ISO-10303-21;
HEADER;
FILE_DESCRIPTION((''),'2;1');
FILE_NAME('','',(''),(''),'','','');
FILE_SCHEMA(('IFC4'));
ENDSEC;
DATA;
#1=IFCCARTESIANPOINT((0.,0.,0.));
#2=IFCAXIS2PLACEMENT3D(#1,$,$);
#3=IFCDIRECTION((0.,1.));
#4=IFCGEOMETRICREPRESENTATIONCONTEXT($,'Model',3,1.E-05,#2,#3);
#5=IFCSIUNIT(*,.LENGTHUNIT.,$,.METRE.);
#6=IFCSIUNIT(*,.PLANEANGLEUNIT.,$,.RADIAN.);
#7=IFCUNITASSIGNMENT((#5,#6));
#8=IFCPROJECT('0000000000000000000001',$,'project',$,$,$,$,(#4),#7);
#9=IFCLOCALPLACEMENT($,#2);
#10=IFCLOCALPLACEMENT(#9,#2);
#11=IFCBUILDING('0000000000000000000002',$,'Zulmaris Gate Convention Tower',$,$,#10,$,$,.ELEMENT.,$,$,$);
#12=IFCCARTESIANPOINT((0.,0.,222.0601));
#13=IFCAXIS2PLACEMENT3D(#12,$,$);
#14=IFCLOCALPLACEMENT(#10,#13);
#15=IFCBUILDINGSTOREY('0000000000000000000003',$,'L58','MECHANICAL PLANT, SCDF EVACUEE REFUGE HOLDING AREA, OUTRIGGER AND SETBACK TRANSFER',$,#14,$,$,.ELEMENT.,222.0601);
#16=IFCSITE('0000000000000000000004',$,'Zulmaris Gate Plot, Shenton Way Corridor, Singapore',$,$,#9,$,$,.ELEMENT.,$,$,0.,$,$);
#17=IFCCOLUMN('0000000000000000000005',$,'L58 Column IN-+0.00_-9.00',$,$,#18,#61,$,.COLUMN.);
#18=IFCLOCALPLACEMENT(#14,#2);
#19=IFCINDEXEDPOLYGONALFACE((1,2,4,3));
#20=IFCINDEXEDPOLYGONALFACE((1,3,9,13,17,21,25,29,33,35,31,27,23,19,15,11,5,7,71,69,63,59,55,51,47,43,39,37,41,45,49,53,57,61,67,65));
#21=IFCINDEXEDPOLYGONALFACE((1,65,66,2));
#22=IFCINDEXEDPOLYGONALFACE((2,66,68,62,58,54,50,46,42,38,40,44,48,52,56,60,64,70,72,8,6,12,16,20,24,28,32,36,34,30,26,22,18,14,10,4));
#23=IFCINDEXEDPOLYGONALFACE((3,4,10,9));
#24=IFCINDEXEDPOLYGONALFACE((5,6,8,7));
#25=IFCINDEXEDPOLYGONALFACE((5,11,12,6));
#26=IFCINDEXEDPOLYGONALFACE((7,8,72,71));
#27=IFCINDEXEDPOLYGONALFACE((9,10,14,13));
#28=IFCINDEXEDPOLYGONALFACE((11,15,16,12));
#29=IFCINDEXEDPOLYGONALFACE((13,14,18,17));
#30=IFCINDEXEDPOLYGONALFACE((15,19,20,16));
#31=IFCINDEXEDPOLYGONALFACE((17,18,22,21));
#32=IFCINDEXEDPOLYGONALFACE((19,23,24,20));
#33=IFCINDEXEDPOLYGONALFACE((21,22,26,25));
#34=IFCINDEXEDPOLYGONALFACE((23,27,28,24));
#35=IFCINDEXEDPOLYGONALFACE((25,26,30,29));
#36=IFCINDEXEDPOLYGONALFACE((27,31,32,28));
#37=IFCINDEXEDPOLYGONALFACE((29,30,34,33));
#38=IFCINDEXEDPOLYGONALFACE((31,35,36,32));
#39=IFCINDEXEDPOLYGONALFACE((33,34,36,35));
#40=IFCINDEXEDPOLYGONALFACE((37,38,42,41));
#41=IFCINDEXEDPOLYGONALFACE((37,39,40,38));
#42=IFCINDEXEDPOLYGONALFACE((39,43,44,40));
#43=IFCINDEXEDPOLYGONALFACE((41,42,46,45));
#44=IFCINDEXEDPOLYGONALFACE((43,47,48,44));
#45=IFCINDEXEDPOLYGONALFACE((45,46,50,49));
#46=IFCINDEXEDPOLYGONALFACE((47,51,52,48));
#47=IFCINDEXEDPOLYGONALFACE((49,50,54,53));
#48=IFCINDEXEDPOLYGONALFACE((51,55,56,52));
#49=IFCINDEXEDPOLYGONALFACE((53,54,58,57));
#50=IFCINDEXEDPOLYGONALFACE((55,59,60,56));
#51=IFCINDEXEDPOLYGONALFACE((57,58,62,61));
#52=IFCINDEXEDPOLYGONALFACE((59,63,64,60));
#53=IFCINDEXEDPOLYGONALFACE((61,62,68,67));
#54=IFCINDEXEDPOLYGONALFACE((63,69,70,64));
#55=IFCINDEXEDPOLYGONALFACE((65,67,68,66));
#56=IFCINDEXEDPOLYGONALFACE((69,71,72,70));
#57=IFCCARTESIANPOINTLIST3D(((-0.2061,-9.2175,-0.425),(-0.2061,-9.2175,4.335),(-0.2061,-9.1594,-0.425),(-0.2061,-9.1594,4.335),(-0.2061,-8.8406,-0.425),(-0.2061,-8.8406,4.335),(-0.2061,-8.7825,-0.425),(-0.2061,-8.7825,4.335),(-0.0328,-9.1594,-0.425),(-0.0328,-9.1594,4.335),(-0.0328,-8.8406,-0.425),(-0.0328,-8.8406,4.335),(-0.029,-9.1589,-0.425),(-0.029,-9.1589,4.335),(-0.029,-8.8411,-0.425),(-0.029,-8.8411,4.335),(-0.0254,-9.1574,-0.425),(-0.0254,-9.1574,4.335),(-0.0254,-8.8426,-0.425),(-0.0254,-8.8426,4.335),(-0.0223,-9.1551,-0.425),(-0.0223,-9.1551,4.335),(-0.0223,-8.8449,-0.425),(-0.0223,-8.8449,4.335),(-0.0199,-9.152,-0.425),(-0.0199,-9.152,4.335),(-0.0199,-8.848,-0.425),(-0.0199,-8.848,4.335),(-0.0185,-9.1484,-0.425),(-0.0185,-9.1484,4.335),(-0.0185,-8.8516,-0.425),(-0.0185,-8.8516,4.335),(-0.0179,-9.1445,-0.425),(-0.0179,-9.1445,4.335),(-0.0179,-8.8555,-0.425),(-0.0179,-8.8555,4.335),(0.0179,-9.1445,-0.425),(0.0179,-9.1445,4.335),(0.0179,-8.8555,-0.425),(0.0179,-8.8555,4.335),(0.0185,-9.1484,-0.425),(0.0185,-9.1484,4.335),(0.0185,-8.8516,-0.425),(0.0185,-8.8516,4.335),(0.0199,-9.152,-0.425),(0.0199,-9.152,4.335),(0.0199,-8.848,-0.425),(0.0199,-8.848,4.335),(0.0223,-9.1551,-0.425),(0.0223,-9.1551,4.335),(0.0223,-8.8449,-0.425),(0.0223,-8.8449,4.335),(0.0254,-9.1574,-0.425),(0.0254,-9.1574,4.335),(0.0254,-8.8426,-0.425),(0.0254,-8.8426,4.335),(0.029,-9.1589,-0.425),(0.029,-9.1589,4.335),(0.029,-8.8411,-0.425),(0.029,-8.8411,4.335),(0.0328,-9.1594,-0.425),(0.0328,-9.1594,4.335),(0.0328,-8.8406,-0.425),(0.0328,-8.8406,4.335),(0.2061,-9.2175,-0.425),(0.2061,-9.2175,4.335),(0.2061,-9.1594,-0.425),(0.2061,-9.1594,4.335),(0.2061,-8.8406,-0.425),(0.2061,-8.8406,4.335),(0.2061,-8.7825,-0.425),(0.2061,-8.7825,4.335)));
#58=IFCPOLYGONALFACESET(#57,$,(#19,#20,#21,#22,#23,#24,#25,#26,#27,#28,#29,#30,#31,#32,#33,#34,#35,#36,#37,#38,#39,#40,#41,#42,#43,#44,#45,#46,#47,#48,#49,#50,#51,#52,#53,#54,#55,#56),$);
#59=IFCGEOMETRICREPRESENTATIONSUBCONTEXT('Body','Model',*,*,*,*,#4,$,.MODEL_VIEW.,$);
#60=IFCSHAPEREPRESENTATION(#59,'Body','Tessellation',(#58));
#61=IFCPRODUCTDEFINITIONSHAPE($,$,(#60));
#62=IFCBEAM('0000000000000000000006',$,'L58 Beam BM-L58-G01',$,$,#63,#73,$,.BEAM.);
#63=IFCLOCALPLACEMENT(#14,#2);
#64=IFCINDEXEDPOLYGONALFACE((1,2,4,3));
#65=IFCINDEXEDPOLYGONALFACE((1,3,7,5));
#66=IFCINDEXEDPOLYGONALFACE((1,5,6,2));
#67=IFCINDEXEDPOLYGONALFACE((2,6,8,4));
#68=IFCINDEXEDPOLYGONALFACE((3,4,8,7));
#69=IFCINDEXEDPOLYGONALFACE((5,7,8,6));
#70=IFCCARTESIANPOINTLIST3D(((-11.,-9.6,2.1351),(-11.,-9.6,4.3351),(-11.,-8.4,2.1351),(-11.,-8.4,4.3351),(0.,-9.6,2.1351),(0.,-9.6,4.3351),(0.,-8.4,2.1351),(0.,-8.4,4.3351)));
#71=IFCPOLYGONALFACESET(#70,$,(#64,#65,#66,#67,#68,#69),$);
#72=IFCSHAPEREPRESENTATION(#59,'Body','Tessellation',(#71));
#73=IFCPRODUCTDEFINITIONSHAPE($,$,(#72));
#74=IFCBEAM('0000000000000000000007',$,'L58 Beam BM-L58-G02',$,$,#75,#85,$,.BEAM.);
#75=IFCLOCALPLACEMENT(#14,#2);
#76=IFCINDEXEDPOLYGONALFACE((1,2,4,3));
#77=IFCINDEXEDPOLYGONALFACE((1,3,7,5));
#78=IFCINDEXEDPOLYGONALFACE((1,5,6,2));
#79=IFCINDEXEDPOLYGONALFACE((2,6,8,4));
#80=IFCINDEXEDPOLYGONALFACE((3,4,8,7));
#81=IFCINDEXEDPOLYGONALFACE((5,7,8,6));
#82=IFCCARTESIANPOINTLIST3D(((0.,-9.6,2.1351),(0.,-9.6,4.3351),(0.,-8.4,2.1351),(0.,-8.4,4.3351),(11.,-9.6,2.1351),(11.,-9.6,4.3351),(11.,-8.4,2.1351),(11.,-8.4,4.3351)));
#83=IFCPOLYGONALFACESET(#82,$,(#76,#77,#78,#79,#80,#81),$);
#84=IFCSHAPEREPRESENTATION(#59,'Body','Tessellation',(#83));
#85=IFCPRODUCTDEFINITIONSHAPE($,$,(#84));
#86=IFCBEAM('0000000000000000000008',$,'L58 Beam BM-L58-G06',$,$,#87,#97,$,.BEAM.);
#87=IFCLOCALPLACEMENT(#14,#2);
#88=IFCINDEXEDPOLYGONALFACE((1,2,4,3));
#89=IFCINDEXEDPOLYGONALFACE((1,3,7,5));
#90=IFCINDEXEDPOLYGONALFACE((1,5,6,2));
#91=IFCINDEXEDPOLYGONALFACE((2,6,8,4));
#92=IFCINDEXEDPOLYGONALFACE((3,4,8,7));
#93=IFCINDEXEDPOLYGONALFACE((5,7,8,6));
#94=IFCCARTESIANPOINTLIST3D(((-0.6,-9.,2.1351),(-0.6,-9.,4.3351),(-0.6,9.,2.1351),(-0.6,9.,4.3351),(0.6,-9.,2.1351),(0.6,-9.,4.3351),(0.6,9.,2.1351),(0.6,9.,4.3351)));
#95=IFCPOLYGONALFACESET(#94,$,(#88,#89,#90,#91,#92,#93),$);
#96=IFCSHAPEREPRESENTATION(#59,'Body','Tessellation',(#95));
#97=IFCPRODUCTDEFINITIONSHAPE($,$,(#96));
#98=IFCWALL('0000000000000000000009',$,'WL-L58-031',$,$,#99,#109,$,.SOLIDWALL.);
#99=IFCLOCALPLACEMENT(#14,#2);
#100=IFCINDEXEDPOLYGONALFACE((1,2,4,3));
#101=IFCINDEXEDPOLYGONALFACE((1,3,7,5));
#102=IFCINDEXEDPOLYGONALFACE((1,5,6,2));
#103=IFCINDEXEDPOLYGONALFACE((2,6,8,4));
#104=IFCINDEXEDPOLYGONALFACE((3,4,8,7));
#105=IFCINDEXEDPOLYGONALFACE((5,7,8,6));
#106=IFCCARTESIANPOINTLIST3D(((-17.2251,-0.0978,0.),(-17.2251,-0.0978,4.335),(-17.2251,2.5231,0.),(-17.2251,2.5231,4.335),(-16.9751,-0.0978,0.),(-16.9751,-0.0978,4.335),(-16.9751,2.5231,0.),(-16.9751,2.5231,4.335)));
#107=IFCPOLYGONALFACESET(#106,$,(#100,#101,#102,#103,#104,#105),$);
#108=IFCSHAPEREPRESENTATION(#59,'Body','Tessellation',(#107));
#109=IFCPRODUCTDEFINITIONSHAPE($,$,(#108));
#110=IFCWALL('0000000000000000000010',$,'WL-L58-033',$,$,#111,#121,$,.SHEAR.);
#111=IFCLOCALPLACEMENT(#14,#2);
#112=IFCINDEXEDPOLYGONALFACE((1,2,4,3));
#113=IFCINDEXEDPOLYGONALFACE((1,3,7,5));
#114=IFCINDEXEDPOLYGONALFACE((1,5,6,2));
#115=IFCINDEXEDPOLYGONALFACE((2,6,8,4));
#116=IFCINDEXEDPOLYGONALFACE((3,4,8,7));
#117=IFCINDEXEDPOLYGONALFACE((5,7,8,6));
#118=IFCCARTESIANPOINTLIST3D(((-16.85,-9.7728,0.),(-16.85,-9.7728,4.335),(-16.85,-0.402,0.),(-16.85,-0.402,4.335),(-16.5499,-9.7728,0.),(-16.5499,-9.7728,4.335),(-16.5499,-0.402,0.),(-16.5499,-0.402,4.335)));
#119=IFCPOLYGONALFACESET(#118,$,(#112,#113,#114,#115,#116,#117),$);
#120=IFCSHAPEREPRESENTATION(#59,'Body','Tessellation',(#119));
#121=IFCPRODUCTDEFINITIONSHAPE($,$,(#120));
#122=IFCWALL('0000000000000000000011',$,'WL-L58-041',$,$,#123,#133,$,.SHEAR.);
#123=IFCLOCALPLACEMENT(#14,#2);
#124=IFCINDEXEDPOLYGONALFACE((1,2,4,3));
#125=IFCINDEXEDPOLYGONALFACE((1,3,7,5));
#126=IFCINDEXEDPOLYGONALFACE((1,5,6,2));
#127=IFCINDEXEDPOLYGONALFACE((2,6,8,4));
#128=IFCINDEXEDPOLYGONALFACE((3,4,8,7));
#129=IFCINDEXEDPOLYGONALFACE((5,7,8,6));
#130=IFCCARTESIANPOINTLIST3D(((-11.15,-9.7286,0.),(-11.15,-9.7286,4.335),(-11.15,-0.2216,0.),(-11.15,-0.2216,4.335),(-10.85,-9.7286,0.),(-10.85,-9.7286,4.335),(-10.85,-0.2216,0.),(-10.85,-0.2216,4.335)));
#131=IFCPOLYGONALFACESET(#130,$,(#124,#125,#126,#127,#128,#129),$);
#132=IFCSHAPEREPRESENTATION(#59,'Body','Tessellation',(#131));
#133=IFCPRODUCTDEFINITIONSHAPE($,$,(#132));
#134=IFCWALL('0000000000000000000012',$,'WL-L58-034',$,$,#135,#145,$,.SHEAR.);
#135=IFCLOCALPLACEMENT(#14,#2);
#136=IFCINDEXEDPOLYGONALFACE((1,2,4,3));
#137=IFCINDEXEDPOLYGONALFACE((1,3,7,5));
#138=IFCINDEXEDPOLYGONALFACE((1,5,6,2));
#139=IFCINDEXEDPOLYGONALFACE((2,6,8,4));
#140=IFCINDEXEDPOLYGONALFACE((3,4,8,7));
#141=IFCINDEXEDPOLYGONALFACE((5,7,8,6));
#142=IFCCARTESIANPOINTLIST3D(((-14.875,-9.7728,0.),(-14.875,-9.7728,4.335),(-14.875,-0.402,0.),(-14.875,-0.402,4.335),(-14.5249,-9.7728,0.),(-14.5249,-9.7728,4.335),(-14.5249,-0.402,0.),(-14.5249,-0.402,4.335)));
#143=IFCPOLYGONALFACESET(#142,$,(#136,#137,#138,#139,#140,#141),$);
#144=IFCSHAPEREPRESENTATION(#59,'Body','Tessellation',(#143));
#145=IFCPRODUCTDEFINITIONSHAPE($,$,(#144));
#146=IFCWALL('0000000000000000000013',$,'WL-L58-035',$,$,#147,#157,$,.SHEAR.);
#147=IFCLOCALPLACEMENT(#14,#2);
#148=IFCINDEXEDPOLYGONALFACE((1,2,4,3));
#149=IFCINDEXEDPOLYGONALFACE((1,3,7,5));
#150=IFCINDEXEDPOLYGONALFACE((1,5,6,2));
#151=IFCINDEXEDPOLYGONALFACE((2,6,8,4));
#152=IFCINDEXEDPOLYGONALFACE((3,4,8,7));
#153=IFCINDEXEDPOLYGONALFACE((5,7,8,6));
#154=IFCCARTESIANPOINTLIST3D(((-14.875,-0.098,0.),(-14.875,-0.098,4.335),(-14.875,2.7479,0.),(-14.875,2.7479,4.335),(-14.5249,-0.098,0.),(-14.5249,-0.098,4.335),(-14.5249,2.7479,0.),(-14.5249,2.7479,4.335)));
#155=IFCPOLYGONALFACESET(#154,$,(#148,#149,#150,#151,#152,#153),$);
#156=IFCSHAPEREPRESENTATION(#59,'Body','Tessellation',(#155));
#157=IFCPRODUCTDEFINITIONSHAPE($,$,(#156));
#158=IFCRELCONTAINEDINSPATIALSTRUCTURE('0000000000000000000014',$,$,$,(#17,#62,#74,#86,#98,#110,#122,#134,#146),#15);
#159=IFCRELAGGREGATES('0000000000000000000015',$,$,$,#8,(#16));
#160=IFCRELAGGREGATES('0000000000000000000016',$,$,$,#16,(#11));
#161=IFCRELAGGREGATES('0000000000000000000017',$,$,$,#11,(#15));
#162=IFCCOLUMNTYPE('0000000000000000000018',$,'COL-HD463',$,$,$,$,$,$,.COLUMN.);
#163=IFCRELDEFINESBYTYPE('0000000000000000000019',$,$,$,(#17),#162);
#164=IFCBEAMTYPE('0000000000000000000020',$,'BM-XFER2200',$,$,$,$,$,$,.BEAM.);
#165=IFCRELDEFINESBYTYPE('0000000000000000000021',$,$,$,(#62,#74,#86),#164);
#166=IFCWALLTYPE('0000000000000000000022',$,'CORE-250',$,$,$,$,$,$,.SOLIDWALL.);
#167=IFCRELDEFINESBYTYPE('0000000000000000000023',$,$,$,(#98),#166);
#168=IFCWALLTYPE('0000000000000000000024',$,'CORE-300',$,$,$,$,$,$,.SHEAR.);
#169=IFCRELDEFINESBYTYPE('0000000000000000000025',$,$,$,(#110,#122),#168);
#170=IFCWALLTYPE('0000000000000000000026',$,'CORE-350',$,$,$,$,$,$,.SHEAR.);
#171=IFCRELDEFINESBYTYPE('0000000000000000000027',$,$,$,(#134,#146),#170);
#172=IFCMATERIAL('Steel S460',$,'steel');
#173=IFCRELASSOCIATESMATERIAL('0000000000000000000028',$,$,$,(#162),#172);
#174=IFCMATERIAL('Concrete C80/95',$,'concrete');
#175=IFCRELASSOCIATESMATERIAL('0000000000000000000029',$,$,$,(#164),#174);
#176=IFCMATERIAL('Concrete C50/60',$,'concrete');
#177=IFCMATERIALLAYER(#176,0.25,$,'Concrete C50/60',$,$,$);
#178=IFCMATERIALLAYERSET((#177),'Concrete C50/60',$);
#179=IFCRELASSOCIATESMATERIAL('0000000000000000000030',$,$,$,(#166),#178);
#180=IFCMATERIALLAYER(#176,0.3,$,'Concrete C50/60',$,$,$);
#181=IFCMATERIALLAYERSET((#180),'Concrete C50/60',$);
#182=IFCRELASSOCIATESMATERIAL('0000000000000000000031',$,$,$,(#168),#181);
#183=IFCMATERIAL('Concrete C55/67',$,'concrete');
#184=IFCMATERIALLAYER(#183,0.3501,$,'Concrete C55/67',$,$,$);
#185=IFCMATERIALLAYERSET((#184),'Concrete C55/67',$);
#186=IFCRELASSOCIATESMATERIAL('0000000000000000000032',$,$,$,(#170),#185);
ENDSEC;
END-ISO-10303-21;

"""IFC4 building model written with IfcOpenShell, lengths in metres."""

from ifc_helpers import new_model, si_unit, direction, frame, frame_2d, origin, origin_2d, place, context, subcontext, project, spatial, rectangle, i_section, extrude, material, layer, layer_set, material_profile, profile_set, type_object, element, save


model = new_model("IFC4")

# Units and contexts
model_context = context("Model", 3, precision=1e-05, world=origin(), true_north=direction((0.0, 1.0)))
body_context = subcontext(model_context, "Body", "Model", "MODEL_VIEW")
ifc_project = project(units=[si_unit("LENGTHUNIT", "METRE"), si_unit("PLANEANGLEUNIT", "RADIAN")], contexts=[model_context])

# Site, building, storey
site_placement = place(None, origin())
site = spatial("IfcSite", under=ifc_project, at=site_placement, Name="Zulmaris Gate Plot, Shenton Way Corridor, Singapore", CompositionType="ELEMENT", RefElevation=0.0)
building_placement = place(site_placement, origin())
building = spatial("IfcBuilding", under=site, at=building_placement, Name="Zulmaris Gate Convention Tower", CompositionType="ELEMENT")
storey_placement = place(building_placement, frame((0.0, 0.0, 222.0601)))
storey = spatial("IfcBuildingStorey", under=building, at=storey_placement, Name="L58", Description="MECHANICAL PLANT, SCDF EVACUEE REFUGE HOLDING AREA, OUTRIGGER AND SETBACK TRANSFER", CompositionType="ELEMENT", Elevation=222.0601)

# Column
ifc_material_1 = material(Name="Steel S460", Category="steel")
ifc_material_profile_1 = material_profile(ifc_material_1, i_section(OverallWidth=0.4121, OverallDepth=0.4351, WebThickness=0.0359, FlangeThickness=0.0581, FilletRadius=0.0149, at=origin_2d()), Name="HD 400x463")
ifc_profile_set_1 = profile_set([ifc_material_profile_1], Name="Steel S460")
column_type = type_object("IfcColumnType", Name="COL-HD463", PredefinedType="COLUMN", material=ifc_profile_set_1)
column_placement = place(storey_placement, frame((0.0, -9.0, -0.425), z_axis=(0.0, 0.0, 1.0), x_axis=(1.0, 0.0, 0.0)))
element("IfcColumn", 1, at=column_placement, inside=storey, type_object=column_type, Name="L58 Column IN-+0.00_-9.00", PredefinedType="COLUMN", context=body_context, shape_type="SweptSolid", body=[
    extrude(i_section(OverallWidth=0.4121, OverallDepth=0.4351, WebThickness=0.0359, FlangeThickness=0.0581, FilletRadius=0.0149, at=origin_2d()), origin(), (0.0, 0.0, 1.0), 4.76),
])

# Beams
ifc_material_2 = material(Name="Concrete C80/95", Category="concrete")
ifc_material_profile_2 = material_profile(ifc_material_2, rectangle(XDim=1.2, YDim=2.2, at=origin_2d()), Name="RC TRANSFER 1200x2200")
ifc_profile_set_2 = profile_set([ifc_material_profile_2], Name="Concrete C80/95")
beam_type = type_object("IfcBeamType", Name="BM-XFER2200", PredefinedType="BEAM", material=ifc_profile_set_2)
for number, where, z_axis, x_axis, name in (
    (2, (-11.0, -9.0, 3.2351), (1.0, 0.0, 0.0), (0.0, 1.0, 0.0), "L58 Beam BM-L58-G01"),
    (3, (0.0, -9.0, 3.2351), (1.0, 0.0, 0.0), (0.0, 1.0, 0.0), "L58 Beam BM-L58-G02"),
):
    element("IfcBeam", number, at=place(storey_placement, frame(where, z_axis=z_axis, x_axis=x_axis)), inside=storey, type_object=beam_type, Name=name, PredefinedType="BEAM", context=body_context, shape_type="SweptSolid", body=[
        extrude(rectangle(XDim=1.2, YDim=2.2, at=origin_2d()), origin(), (0.0, 0.0, 1.0), 11.0),
    ])
beam_placement = place(storey_placement, frame((0.0, -9.0, 3.2351), z_axis=(0.0, 1.0, 0.0), x_axis=(-1.0, 0.0, 0.0)))
element("IfcBeam", 4, at=beam_placement, inside=storey, type_object=beam_type, Name="L58 Beam BM-L58-G06", PredefinedType="BEAM", context=body_context, shape_type="SweptSolid", body=[
    extrude(rectangle(XDim=1.2, YDim=2.2, at=origin_2d()), origin(), (0.0, 0.0, 1.0), 18.0),
])

# Walls
ifc_material_3 = material(Name="Concrete C50/60", Category="concrete")
ifc_layer_1 = layer(ifc_material_3, 0.25, Name="Concrete C50/60")
ifc_layer_set_1 = layer_set([ifc_layer_1], Name="Concrete C50/60")
wall_type_1 = type_object("IfcWallType", Name="CORE-250", PredefinedType="SOLIDWALL", material=ifc_layer_set_1)
wall_1_placement = place(storey_placement, frame((-17.1001, -0.0979, 0.0), z_axis=(0.0, 0.0, 1.0), x_axis=(0.0, 1.0, 0.0)))
element("IfcWall", 5, at=wall_1_placement, inside=storey, type_object=wall_type_1, Name="WL-L58-031", PredefinedType="SOLIDWALL", context=body_context, shape_type="SweptSolid", body=[
    extrude(rectangle(XDim=2.6208, YDim=0.25, at=frame_2d((1.3105, 0.0))), origin(), (0.0, 0.0, 1.0), 4.335),
])
ifc_layer_2 = layer(ifc_material_3, 0.3, Name="Concrete C50/60")
ifc_layer_set_2 = layer_set([ifc_layer_2], Name="Concrete C50/60")
wall_type_2 = type_object("IfcWallType", Name="CORE-300", PredefinedType="SHEAR", material=ifc_layer_set_2)
wall_2_placement = place(storey_placement, frame((-16.7, -9.7729, 0.0), z_axis=(0.0, 0.0, 1.0), x_axis=(0.0, 1.0, 0.0)))
element("IfcWall", 6, at=wall_2_placement, inside=storey, type_object=wall_type_2, Name="WL-L58-033", PredefinedType="SHEAR", context=body_context, shape_type="SweptSolid", body=[
    extrude(rectangle(XDim=9.3708, YDim=0.3, at=frame_2d((4.6855, 0.0))), origin(), (0.0, 0.0, 1.0), 4.335),
])
wall_3_placement = place(storey_placement, frame((-11.0, -9.7285, 0.0), z_axis=(0.0, 0.0, 1.0), x_axis=(0.0, 1.0, 0.0)))
element("IfcWall", 7, at=wall_3_placement, inside=storey, type_object=wall_type_2, Name="WL-L58-041", PredefinedType="SHEAR", context=body_context, shape_type="SweptSolid", body=[
    extrude(rectangle(XDim=9.5071, YDim=0.3, at=frame_2d((4.7534, 0.0))), origin(), (0.0, 0.0, 1.0), 4.335),
])
ifc_material_4 = material(Name="Concrete C55/67", Category="concrete")
ifc_layer_3 = layer(ifc_material_4, 0.3501, Name="Concrete C55/67")
ifc_layer_set_3 = layer_set([ifc_layer_3], Name="Concrete C55/67")
wall_type_3 = type_object("IfcWallType", Name="CORE-350", PredefinedType="SHEAR", material=ifc_layer_set_3)
wall_4_placement = place(storey_placement, frame((-14.7, -9.7729, 0.0), z_axis=(0.0, 0.0, 1.0), x_axis=(0.0, 1.0, 0.0)))
element("IfcWall", 8, at=wall_4_placement, inside=storey, type_object=wall_type_3, Name="WL-L58-034", PredefinedType="SHEAR", context=body_context, shape_type="SweptSolid", body=[
    extrude(rectangle(XDim=9.3708, YDim=0.3501, at=frame_2d((4.6855, 0.0))), origin(), (0.0, 0.0, 1.0), 4.335),
])
wall_5_placement = place(storey_placement, frame((-14.7, -0.0979, 0.0), z_axis=(0.0, 0.0, 1.0), x_axis=(0.0, 1.0, 0.0)))
element("IfcWall", 9, at=wall_5_placement, inside=storey, type_object=wall_type_3, Name="WL-L58-035", PredefinedType="SHEAR", context=body_context, shape_type="SweptSolid", body=[
    extrude(rectangle(XDim=2.8459, YDim=0.3501, at=frame_2d((1.4229, 0.0))), origin(), (0.0, 0.0, 1.0), 4.335),
])

save(model, "model.ifc")
